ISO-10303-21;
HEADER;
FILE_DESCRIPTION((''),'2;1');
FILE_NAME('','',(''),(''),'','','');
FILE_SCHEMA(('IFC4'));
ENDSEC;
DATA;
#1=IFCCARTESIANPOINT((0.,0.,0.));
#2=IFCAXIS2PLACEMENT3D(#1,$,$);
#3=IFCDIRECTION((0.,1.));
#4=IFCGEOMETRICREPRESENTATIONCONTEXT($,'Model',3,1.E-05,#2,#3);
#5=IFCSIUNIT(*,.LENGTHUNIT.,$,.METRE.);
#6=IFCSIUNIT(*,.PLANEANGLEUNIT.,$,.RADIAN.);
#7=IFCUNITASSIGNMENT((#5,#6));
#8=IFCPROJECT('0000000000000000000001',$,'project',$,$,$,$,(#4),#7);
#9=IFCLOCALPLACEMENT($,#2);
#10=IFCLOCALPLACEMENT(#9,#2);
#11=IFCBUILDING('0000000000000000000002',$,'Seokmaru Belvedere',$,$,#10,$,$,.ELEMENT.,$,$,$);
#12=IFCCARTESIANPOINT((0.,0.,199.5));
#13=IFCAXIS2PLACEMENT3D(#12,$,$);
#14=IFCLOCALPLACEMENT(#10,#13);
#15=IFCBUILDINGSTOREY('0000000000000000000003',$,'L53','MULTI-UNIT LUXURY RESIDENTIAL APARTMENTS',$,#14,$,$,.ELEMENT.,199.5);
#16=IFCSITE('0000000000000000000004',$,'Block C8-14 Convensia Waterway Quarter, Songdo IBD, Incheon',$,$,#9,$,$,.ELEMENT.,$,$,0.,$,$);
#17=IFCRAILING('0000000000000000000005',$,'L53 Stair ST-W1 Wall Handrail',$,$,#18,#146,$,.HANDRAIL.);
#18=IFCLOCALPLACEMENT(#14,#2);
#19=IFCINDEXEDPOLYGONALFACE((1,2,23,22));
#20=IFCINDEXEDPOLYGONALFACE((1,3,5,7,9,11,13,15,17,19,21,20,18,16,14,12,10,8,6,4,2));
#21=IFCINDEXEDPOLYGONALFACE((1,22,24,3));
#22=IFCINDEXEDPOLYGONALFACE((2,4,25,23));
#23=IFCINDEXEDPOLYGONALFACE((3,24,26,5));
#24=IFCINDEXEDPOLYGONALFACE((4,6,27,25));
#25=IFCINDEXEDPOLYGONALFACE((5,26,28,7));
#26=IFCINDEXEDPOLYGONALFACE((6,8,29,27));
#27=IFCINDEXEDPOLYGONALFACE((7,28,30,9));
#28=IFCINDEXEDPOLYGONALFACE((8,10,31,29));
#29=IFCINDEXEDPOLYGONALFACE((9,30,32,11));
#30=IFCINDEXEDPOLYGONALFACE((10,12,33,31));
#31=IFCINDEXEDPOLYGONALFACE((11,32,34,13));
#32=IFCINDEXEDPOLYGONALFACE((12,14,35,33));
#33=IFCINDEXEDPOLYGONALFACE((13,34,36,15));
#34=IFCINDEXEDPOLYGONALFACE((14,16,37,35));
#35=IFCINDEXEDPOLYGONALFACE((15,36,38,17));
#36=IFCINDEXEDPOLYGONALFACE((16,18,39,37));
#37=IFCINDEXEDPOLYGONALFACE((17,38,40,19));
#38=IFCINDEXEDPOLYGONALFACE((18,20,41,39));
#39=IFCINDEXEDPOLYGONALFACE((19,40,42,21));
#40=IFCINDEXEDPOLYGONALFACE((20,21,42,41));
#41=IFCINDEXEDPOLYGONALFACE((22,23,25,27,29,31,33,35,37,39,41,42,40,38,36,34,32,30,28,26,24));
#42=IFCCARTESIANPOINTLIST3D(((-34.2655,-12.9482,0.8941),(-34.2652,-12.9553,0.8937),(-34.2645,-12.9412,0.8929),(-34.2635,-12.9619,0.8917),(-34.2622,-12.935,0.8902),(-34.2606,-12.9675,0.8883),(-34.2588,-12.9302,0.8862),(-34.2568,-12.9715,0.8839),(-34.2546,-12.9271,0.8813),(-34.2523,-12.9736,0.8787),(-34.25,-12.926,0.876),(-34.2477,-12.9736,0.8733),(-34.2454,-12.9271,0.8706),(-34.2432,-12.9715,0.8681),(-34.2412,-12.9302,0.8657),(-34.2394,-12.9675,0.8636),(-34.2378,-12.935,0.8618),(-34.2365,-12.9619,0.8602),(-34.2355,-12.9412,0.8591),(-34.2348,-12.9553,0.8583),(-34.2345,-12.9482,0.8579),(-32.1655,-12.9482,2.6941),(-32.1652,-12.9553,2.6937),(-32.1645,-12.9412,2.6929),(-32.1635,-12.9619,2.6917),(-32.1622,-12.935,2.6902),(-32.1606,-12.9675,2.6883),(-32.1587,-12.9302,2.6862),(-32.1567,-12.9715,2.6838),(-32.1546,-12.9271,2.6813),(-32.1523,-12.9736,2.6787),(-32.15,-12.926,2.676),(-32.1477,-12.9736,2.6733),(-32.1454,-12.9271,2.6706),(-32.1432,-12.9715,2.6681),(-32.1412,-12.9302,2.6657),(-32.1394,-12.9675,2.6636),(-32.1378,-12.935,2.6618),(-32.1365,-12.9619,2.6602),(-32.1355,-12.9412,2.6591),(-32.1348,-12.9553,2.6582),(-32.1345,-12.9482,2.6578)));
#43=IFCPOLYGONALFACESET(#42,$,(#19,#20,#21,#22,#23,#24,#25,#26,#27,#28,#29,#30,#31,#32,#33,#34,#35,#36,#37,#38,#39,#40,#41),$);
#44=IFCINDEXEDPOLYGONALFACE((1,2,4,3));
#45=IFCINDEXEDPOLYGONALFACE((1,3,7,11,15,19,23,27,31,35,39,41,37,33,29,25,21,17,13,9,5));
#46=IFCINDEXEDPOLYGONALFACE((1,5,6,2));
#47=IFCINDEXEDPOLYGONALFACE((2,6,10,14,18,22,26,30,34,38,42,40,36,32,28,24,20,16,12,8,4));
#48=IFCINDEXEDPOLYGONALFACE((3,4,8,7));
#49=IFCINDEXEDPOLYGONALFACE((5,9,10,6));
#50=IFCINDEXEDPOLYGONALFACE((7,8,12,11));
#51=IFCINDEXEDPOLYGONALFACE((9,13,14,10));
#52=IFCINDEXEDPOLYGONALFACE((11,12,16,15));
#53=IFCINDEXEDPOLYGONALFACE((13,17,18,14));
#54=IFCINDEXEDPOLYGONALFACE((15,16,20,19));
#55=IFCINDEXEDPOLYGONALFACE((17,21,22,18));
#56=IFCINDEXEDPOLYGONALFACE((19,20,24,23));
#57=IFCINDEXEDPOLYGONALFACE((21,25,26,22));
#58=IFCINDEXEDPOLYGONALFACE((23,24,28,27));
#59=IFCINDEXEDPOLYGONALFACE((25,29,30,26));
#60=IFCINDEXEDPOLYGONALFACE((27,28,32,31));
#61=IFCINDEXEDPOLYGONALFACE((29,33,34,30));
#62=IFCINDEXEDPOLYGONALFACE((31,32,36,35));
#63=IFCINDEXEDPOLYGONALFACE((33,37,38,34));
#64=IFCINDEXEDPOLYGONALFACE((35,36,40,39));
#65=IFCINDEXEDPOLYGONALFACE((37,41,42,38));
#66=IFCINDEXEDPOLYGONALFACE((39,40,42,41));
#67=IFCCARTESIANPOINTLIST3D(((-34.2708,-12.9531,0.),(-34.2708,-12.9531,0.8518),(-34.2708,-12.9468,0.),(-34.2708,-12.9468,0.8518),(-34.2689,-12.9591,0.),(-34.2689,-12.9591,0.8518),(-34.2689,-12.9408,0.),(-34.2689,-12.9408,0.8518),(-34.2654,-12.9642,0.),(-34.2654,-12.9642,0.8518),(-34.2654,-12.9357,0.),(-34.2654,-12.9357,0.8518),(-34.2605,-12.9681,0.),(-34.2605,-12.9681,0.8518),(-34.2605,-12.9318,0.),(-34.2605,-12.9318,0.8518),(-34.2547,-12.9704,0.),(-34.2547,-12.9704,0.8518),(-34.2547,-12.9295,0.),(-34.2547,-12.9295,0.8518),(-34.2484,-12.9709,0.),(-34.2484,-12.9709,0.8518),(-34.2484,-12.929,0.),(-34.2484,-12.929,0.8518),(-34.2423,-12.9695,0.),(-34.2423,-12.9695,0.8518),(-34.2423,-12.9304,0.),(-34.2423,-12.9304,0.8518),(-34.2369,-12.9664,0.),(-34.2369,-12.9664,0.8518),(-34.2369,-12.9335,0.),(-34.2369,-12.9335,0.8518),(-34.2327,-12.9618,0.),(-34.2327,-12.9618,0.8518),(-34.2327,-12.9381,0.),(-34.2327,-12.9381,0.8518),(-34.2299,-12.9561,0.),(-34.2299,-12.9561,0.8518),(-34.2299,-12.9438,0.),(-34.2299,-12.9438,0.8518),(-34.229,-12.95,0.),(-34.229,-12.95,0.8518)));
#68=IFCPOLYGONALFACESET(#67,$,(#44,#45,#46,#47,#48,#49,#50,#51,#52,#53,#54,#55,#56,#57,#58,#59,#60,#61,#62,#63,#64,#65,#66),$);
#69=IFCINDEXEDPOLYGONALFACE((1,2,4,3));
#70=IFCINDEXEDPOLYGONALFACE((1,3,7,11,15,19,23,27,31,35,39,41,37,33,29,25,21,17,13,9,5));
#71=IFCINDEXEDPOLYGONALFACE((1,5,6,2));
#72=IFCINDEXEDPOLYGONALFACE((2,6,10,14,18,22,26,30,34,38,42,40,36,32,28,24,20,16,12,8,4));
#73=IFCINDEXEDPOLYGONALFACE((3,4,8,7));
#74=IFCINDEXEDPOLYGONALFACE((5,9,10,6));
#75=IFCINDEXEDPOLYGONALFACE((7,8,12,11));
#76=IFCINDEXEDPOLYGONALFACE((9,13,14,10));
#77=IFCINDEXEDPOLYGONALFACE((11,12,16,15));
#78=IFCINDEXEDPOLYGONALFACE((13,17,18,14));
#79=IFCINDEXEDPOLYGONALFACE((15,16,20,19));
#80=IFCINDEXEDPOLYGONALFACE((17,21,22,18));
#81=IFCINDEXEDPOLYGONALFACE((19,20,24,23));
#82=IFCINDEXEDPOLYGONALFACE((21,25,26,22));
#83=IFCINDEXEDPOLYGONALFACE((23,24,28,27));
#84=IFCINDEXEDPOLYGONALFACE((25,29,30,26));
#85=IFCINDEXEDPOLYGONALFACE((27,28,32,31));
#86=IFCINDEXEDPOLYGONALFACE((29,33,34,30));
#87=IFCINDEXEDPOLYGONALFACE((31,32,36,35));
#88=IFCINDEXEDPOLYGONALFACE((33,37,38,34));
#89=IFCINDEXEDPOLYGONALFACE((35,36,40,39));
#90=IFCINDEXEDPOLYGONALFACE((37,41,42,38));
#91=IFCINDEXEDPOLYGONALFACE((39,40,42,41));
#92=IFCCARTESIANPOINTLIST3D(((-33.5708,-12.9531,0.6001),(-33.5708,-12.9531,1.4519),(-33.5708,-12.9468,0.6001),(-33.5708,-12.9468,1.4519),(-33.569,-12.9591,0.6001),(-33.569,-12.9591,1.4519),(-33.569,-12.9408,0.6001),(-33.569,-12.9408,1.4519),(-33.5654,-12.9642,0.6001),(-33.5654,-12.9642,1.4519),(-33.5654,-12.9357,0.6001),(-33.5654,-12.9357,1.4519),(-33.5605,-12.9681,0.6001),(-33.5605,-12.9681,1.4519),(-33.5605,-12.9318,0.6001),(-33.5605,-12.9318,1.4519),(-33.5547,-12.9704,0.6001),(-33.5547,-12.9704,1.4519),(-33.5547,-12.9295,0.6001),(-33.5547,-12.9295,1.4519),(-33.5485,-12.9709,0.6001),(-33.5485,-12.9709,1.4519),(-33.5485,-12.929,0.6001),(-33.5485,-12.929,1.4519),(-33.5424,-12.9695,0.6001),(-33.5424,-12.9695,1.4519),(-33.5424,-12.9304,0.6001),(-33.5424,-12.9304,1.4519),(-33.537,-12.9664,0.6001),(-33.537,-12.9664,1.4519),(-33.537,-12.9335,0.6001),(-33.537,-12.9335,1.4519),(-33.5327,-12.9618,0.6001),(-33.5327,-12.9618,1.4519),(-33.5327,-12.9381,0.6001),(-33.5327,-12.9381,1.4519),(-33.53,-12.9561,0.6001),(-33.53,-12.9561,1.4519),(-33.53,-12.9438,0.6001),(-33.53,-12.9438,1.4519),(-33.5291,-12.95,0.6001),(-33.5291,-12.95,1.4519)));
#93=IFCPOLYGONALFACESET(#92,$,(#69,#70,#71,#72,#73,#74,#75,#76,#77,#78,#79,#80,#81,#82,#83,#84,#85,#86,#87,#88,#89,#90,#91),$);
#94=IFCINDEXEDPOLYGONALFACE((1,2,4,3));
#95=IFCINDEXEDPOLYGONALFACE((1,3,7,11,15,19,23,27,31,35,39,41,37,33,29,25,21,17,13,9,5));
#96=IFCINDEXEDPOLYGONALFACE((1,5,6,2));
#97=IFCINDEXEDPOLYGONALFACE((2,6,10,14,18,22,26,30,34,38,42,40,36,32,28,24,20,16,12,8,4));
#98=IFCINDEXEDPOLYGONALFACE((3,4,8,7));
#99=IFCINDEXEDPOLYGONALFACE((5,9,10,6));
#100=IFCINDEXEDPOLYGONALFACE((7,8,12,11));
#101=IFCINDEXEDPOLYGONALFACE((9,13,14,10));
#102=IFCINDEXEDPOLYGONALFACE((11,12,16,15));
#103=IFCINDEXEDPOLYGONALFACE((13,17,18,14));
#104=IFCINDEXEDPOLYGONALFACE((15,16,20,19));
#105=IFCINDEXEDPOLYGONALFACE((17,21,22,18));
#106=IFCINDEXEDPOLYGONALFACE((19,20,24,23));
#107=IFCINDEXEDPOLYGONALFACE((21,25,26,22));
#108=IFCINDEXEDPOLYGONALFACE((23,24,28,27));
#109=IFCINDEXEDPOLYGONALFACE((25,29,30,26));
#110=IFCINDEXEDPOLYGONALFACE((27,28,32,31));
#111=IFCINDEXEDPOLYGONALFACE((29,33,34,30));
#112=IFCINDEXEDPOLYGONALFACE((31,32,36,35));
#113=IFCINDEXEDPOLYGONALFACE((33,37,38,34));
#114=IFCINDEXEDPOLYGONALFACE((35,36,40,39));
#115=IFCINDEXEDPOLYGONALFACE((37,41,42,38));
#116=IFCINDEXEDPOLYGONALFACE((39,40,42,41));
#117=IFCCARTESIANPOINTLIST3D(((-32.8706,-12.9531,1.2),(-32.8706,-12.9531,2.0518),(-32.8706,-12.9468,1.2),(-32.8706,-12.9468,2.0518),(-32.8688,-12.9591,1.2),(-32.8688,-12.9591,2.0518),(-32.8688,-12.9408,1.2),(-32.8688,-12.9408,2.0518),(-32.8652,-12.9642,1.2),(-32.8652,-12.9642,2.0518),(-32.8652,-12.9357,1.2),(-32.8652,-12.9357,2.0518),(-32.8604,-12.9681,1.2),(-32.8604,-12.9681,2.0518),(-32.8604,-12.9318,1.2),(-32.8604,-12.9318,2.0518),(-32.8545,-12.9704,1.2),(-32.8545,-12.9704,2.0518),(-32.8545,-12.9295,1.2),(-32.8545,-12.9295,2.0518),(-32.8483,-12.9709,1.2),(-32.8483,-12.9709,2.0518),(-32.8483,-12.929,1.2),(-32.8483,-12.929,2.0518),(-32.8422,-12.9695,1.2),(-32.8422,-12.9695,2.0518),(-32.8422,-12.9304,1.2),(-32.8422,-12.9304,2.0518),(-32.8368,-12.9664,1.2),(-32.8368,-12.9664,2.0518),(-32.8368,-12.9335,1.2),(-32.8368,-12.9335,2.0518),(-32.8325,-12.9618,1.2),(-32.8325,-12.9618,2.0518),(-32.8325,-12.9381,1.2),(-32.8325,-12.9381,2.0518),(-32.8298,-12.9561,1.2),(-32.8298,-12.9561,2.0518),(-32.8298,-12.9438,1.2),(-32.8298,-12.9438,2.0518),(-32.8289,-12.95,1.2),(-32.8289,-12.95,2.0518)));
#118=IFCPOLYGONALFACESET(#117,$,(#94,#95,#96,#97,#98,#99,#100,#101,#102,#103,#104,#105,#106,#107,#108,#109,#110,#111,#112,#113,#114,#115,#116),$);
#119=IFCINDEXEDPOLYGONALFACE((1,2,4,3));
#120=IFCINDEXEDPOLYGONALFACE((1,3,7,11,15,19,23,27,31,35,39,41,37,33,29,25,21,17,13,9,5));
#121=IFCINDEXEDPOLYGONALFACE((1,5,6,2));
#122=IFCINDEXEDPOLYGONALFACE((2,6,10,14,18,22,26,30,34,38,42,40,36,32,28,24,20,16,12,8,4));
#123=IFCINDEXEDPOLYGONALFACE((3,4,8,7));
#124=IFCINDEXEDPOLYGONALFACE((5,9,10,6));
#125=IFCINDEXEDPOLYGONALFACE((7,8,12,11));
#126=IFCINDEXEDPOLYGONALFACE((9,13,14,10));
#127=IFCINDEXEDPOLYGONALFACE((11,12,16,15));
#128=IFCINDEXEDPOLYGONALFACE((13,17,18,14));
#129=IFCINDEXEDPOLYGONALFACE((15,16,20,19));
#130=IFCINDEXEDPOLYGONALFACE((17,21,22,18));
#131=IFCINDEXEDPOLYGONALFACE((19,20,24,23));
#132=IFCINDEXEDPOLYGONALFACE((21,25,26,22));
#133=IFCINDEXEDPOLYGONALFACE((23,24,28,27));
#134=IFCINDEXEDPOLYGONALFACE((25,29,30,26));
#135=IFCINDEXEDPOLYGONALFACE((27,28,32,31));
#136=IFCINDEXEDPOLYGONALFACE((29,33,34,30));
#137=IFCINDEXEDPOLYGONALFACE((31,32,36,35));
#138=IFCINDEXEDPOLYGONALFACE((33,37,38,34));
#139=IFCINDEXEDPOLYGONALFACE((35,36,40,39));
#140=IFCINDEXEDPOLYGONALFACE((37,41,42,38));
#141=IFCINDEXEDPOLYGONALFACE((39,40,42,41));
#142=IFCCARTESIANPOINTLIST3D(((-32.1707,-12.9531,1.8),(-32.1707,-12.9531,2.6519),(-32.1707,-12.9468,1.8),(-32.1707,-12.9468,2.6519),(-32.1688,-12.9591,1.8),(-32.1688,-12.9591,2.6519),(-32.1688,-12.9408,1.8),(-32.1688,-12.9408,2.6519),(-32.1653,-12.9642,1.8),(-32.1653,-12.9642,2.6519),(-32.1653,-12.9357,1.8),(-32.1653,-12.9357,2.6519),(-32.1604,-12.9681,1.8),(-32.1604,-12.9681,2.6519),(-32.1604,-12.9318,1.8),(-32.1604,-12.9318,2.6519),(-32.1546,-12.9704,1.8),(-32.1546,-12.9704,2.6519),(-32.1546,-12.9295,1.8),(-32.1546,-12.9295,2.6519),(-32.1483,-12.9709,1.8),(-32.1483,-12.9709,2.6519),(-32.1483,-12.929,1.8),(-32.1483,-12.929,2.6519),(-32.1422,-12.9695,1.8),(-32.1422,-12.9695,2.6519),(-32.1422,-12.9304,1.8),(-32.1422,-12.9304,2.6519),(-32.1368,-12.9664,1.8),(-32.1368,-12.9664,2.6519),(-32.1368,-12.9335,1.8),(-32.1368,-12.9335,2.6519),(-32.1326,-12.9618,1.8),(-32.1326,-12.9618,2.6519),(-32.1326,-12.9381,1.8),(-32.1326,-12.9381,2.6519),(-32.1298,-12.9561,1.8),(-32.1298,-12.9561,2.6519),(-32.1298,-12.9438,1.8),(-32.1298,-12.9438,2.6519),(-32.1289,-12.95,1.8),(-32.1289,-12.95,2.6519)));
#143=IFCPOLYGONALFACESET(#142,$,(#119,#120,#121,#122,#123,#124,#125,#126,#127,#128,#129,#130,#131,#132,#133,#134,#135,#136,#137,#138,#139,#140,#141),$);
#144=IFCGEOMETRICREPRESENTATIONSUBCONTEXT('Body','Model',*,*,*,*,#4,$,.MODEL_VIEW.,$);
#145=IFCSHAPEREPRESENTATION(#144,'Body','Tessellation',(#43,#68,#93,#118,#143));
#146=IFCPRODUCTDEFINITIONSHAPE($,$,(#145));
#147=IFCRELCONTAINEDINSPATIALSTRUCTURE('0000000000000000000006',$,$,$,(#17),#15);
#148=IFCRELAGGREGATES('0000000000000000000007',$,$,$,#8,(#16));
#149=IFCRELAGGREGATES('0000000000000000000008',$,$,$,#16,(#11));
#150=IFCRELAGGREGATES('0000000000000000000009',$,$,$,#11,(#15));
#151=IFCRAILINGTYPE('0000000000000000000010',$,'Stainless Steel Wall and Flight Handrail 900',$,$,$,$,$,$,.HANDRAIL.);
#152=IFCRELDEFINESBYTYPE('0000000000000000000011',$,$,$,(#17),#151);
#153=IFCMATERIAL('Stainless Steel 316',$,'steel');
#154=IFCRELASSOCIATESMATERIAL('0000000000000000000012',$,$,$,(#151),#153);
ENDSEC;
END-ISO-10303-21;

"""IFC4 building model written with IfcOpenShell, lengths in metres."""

from ifc_helpers import new_model, si_unit, direction, frame, origin, origin_2d, place, context, subcontext, project, spatial, circle, extrude, material, type_object, element, save


model = new_model("IFC4")

# Units and contexts
model_context = context("Model", 3, precision=1e-05, world=origin(), true_north=direction((0.0, 1.0)))
body_context = subcontext(model_context, "Body", "Model", "MODEL_VIEW")
ifc_project = project(units=[si_unit("LENGTHUNIT", "METRE"), si_unit("PLANEANGLEUNIT", "RADIAN")], contexts=[model_context])

# Site, building, storey
site_placement = place(None, origin())
site = spatial("IfcSite", under=ifc_project, at=site_placement, Name="Block C8-14 Convensia Waterway Quarter, Songdo IBD, Incheon", CompositionType="ELEMENT", RefElevation=0.0)
building_placement = place(site_placement, origin())
building = spatial("IfcBuilding", under=site, at=building_placement, Name="Seokmaru Belvedere", CompositionType="ELEMENT")
storey_placement = place(building_placement, frame((0.0, 0.0, 199.5)))
storey = spatial("IfcBuildingStorey", under=building, at=storey_placement, Name="L53", Description="MULTI-UNIT LUXURY RESIDENTIAL APARTMENTS", CompositionType="ELEMENT", Elevation=199.5)

# Railing
ifc_material_1 = material(Name="Stainless Steel 316", Category="steel")
railing_type_1 = type_object("IfcRailingType", Name="Stainless Steel Wall and Flight Handrail 900", PredefinedType="HANDRAIL", material=ifc_material_1)
railing_1_placement = place(storey_placement, frame((-34.25, -12.95, 0.0)))
element("IfcRailing", 1, at=railing_1_placement, inside=storey, type_object=railing_type_1, Name="L53 Stair ST-W1 Wall Handrail", PredefinedType="HANDRAIL", context=body_context, shape_type="SweptSolid", body=[
    extrude(circle(Radius=0.0239, at=origin_2d()), frame((0.0, 0.0, 0.876), z_axis=(0.759263, 0.0, 0.650784), x_axis=(0.0, 1.0, 0.0)), (0.0, 0.0, 1.0), 2.7659),
    extrude(circle(Radius=0.021, at=origin_2d()), origin(), (0.0, 0.0, 1.0), 0.8518),
    extrude(circle(Radius=0.021, at=origin_2d()), frame((0.7, 0.0, 0.6001)), (0.0, 0.0, 1.0), 0.8518),
    extrude(circle(Radius=0.021, at=origin_2d()), frame((1.4001, 0.0, 1.2)), (0.0, 0.0, 1.0), 0.8518),
    extrude(circle(Radius=0.021, at=origin_2d()), frame((2.1001, 0.0, 1.8)), (0.0, 0.0, 1.0), 0.8518),
])

save(model, "model.ifc")
